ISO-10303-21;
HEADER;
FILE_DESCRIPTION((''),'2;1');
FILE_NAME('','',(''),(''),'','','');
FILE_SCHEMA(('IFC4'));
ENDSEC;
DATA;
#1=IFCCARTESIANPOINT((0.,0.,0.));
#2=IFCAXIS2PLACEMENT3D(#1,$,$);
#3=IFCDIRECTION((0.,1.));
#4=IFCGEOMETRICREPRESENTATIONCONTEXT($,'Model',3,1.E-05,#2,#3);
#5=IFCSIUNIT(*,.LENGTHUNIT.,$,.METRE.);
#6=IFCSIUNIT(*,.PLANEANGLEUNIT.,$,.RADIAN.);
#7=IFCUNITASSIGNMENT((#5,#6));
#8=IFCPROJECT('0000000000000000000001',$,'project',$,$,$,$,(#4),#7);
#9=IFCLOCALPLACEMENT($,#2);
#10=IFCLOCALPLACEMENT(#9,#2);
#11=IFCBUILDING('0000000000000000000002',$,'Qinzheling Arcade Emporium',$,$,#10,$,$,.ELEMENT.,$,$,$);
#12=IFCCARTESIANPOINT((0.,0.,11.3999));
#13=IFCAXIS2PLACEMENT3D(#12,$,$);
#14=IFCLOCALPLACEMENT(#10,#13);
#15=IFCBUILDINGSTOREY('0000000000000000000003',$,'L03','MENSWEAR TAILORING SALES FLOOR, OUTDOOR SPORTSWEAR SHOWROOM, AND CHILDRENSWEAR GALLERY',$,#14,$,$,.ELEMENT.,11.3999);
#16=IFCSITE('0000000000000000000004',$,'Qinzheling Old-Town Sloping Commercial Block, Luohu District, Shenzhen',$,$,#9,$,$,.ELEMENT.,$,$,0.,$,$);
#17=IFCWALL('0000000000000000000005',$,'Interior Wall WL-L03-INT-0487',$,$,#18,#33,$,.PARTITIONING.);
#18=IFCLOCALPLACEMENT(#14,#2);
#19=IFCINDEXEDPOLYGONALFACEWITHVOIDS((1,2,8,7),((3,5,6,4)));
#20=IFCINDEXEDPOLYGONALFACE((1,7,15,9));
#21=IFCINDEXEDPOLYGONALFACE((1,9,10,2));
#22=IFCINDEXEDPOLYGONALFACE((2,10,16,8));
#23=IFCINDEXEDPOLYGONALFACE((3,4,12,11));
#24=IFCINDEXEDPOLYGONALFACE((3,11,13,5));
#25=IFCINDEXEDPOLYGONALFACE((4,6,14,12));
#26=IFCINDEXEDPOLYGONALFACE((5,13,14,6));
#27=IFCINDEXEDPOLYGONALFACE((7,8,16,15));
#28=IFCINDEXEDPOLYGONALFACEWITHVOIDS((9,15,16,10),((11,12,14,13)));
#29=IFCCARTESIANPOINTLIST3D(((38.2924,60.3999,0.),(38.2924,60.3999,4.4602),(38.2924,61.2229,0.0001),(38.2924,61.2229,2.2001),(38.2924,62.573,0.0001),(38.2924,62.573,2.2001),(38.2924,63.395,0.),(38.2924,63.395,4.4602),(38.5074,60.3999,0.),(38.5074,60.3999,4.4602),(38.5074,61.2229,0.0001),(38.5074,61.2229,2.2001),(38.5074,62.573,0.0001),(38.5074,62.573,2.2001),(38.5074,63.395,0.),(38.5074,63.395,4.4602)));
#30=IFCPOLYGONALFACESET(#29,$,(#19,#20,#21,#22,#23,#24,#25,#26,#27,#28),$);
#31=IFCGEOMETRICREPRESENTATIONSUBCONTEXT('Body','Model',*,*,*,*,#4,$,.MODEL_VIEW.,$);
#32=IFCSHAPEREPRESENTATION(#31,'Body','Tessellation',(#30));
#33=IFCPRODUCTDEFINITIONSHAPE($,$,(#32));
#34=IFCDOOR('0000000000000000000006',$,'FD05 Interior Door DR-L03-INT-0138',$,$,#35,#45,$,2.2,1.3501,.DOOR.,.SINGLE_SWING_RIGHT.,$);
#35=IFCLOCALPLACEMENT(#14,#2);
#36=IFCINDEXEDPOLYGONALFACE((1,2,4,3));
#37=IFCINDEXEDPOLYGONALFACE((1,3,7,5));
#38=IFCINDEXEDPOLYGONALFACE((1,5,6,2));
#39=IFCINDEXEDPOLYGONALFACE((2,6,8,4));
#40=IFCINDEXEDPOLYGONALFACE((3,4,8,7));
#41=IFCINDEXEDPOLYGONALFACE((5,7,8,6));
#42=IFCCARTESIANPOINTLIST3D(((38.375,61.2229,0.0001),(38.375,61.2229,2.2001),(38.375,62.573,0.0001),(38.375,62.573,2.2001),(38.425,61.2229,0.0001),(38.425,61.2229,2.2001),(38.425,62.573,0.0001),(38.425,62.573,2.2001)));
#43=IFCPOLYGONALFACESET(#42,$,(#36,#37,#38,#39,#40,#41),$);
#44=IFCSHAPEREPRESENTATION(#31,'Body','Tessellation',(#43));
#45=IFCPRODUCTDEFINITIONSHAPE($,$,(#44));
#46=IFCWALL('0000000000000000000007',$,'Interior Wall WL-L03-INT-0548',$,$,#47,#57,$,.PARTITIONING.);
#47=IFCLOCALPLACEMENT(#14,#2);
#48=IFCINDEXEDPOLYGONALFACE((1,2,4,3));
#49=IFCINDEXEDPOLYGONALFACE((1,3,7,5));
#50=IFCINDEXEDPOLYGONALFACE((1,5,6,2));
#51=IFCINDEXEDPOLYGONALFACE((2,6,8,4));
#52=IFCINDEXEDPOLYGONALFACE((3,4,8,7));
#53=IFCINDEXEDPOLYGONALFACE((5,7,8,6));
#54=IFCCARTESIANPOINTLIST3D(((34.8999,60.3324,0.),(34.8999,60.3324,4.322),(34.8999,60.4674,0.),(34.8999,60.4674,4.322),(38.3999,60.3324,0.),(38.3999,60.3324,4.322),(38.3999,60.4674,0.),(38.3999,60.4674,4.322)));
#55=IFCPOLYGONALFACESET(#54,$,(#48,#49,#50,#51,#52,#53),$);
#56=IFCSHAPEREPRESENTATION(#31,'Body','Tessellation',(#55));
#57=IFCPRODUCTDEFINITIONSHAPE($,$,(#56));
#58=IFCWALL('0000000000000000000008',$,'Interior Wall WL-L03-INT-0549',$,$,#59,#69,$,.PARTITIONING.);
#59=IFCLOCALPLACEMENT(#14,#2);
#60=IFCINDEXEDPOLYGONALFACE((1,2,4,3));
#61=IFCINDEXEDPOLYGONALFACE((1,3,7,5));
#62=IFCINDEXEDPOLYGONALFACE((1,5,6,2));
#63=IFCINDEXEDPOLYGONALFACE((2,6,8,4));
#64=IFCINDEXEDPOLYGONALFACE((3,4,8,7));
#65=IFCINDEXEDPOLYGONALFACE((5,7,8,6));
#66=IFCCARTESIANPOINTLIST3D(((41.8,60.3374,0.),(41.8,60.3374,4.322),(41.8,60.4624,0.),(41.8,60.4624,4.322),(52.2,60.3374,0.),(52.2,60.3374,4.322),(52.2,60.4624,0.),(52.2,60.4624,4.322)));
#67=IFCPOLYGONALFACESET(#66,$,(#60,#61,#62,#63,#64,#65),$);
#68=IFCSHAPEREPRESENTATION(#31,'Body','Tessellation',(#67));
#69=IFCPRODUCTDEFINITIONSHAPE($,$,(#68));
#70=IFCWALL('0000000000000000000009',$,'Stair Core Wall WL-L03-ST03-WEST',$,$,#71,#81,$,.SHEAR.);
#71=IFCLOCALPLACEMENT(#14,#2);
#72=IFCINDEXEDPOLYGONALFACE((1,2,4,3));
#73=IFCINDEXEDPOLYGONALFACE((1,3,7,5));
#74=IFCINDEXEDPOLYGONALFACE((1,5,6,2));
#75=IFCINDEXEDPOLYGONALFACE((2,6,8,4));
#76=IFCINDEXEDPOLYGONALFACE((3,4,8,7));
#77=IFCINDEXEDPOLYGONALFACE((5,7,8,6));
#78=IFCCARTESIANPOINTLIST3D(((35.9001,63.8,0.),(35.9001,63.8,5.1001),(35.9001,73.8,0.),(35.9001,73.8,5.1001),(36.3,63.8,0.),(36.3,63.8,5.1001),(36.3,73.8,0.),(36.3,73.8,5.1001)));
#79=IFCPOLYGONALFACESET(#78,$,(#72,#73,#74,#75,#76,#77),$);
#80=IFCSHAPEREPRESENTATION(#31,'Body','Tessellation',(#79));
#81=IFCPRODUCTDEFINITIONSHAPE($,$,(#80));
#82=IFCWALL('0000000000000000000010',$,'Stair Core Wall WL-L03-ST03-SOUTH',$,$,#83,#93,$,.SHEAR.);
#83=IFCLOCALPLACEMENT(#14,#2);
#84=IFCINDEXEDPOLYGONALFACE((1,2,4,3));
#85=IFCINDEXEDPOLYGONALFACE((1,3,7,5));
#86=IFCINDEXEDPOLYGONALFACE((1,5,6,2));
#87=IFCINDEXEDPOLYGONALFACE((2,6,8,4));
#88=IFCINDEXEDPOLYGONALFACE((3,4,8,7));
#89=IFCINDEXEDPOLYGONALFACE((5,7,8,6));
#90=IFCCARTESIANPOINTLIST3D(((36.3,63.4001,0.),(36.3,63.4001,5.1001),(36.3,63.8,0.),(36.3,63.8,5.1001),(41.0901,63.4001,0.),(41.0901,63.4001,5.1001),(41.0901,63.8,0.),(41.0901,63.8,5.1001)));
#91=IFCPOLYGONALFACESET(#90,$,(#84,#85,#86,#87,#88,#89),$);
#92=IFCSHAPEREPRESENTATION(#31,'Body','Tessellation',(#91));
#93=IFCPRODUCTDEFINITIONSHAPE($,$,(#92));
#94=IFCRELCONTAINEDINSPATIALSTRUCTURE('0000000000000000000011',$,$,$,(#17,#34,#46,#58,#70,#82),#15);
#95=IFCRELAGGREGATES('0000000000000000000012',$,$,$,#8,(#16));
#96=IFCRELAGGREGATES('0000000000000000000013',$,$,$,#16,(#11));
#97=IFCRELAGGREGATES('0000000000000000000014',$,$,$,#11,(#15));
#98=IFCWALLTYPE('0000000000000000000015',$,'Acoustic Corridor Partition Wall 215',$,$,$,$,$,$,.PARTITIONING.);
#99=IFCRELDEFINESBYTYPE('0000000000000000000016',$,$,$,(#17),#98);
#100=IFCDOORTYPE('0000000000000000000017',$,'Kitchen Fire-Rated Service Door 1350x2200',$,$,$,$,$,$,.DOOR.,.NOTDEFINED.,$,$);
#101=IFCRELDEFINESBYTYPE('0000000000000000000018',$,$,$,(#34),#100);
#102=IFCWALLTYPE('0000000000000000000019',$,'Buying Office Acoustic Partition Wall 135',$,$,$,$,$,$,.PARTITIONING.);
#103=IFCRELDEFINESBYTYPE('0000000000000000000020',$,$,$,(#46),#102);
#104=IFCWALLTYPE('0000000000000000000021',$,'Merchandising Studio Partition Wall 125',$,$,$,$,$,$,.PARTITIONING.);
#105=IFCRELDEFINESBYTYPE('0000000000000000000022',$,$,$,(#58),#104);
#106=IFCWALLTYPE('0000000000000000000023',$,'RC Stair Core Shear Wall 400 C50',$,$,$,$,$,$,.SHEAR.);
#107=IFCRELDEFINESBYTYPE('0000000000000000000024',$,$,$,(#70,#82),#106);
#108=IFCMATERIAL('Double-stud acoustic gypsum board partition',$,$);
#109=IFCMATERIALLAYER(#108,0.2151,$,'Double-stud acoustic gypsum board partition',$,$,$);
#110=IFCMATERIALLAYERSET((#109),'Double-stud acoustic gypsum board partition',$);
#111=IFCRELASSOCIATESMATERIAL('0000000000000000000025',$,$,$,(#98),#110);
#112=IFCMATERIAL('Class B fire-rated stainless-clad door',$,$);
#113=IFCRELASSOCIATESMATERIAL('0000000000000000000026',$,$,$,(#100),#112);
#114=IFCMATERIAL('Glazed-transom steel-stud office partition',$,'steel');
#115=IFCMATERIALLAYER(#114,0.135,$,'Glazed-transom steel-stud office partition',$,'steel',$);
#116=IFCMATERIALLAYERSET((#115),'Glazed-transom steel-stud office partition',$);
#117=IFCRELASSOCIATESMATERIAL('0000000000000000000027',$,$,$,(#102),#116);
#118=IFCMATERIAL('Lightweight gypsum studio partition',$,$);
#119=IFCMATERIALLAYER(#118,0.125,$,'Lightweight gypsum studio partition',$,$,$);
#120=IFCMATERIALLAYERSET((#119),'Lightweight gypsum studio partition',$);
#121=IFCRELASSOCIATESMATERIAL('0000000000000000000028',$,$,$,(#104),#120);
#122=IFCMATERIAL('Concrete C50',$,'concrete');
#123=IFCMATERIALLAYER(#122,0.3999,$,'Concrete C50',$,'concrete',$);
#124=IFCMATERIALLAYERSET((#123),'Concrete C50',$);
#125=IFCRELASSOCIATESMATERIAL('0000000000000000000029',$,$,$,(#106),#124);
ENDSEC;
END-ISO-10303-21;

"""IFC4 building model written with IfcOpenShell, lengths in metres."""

from ifc_helpers import new_model, si_unit, direction, frame, frame_2d, origin, place, context, subcontext, project, spatial, rectangle, extrude, material, layer, layer_set, type_object, element, fill, save


model = new_model("IFC4")

# Units and contexts
model_context = context("Model", 3, precision=1e-05, world=origin(), true_north=direction((0.0, 1.0)))
body_context = subcontext(model_context, "Body", "Model", "MODEL_VIEW")
ifc_project = project(units=[si_unit("LENGTHUNIT", "METRE"), si_unit("PLANEANGLEUNIT", "RADIAN")], contexts=[model_context])

# Site, building, storey
site_placement = place(None, origin())
site = spatial("IfcSite", under=ifc_project, at=site_placement, Name="Qinzheling Old-Town Sloping Commercial Block, Luohu District, Shenzhen", CompositionType="ELEMENT", RefElevation=0.0)
building_placement = place(site_placement, origin())
building = spatial("IfcBuilding", under=site, at=building_placement, Name="Qinzheling Arcade Emporium", CompositionType="ELEMENT")
storey_placement = place(building_placement, frame((0.0, 0.0, 11.3999)))
storey = spatial("IfcBuildingStorey", under=building, at=storey_placement, Name="L03", Description="MENSWEAR TAILORING SALES FLOOR, OUTDOOR SPORTSWEAR SHOWROOM, AND CHILDRENSWEAR GALLERY", CompositionType="ELEMENT", Elevation=11.3999)

# Shared definitions
ifc_material_1 = material(Name="Concrete C50", Category="concrete")

# Shared definitions
ifc_material_2 = material(Name="Double-stud acoustic gypsum board partition")
ifc_layer_1 = layer(ifc_material_2, 0.2151, Name="Double-stud acoustic gypsum board partition")
ifc_layer_set_1 = layer_set([ifc_layer_1], Name="Double-stud acoustic gypsum board partition")
wall_type_1 = type_object("IfcWallType", Name="Acoustic Corridor Partition Wall 215", PredefinedType="PARTITIONING", material=ifc_layer_set_1)
ifc_material_3 = material(Name="Class B fire-rated stainless-clad door")
door_type = type_object("IfcDoorType", Name="Kitchen Fire-Rated Service Door 1350x2200", OperationType="NOTDEFINED", PredefinedType="DOOR", material=ifc_material_3)

# Wall, opening, door
wall_1_placement = place(storey_placement, frame((38.3999, 60.3999, 0.0), z_axis=(0.0, 0.0, 1.0), x_axis=(0.0, 1.0, 0.0)))
wall_1 = element("IfcWall", 1, at=wall_1_placement, inside=storey, type_object=wall_type_1, Name="Interior Wall WL-L03-INT-0487", PredefinedType="PARTITIONING", context=body_context, shape_type="SweptSolid", body=[
    extrude(rectangle(XDim=2.9951, YDim=0.2151, at=frame_2d((1.4976, 0.0))), origin(), (0.0, 0.0, 1.0), 4.4602),
])
opening_1_placement = place(wall_1_placement, frame((0.823, 0.0, 0.0)))
opening_1 = element("IfcOpeningElement", 2, at=opening_1_placement, cuts=wall_1, PredefinedType="OPENING", context=body_context, shape_type="SweptSolid", body=[
    extrude(rectangle(XDim=1.3501, YDim=2.2, at=frame_2d((0.675, 1.1001))), frame((0.0, 0.1177, 0.0), z_axis=(0.0, -1.0, 0.0), x_axis=(1.0, 0.0, 0.0)), (0.0, 0.0, 1.0), 0.2351),
])
door_1_placement = place(opening_1_placement, origin())
door_1 = element("IfcDoor", 3, at=door_1_placement, inside=storey, type_object=door_type, Name="FD05 Interior Door DR-L03-INT-0138", OperationType="SINGLE_SWING_RIGHT", OverallHeight=2.2, OverallWidth=1.3501, PredefinedType="DOOR", context=body_context, shape_type="SweptSolid", body=[
    extrude(rectangle(XDim=1.3501, YDim=2.2, at=frame_2d((0.675, 1.1001))), frame((0.0, 0.0249, 0.0), z_axis=(0.0, -1.0, 0.0), x_axis=(1.0, 0.0, 0.0)), (0.0, 0.0, 1.0), 0.05),
])
fill(opening_1, door_1)

# Walls
ifc_material_4 = material(Name="Glazed-transom steel-stud office partition", Category="steel")
ifc_layer_2 = layer(ifc_material_4, 0.135, Name="Glazed-transom steel-stud office partition", Category="steel")
ifc_layer_set_2 = layer_set([ifc_layer_2], Name="Glazed-transom steel-stud office partition")
wall_type_2 = type_object("IfcWallType", Name="Buying Office Acoustic Partition Wall 135", PredefinedType="PARTITIONING", material=ifc_layer_set_2)
wall_2_placement = place(storey_placement, frame((34.8999, 60.3999, 0.0), z_axis=(0.0, 0.0, 1.0), x_axis=(1.0, 0.0, 0.0)))
element("IfcWall", 4, at=wall_2_placement, inside=storey, type_object=wall_type_2, Name="Interior Wall WL-L03-INT-0548", PredefinedType="PARTITIONING", context=body_context, shape_type="SweptSolid", body=[
    extrude(rectangle(XDim=3.5, YDim=0.135, at=frame_2d((1.75, 0.0))), origin(), (0.0, 0.0, 1.0), 4.322),
])
ifc_material_5 = material(Name="Lightweight gypsum studio partition")
ifc_layer_3 = layer(ifc_material_5, 0.125, Name="Lightweight gypsum studio partition")
ifc_layer_set_3 = layer_set([ifc_layer_3], Name="Lightweight gypsum studio partition")
wall_type_3 = type_object("IfcWallType", Name="Merchandising Studio Partition Wall 125", PredefinedType="PARTITIONING", material=ifc_layer_set_3)
wall_3_placement = place(storey_placement, frame((41.8, 60.3999, 0.0), z_axis=(0.0, 0.0, 1.0), x_axis=(1.0, 0.0, 0.0)))
element("IfcWall", 5, at=wall_3_placement, inside=storey, type_object=wall_type_3, Name="Interior Wall WL-L03-INT-0549", PredefinedType="PARTITIONING", context=body_context, shape_type="SweptSolid", body=[
    extrude(rectangle(XDim=10.3999, YDim=0.125, at=frame_2d((5.2, 0.0))), origin(), (0.0, 0.0, 1.0), 4.322),
])
ifc_layer_4 = layer(ifc_material_1, 0.3999, Name="Concrete C50", Category="concrete")
ifc_layer_set_4 = layer_set([ifc_layer_4], Name="Concrete C50")
wall_type_4 = type_object("IfcWallType", Name="RC Stair Core Shear Wall 400 C50", PredefinedType="SHEAR", material=ifc_layer_set_4)
wall_4_placement = place(storey_placement, frame((36.1001, 63.8, 0.0), z_axis=(0.0, 0.0, 1.0), x_axis=(0.0, 1.0, 0.0)))
element("IfcWall", 6, at=wall_4_placement, inside=storey, type_object=wall_type_4, Name="Stair Core Wall WL-L03-ST03-WEST", PredefinedType="SHEAR", context=body_context, shape_type="SweptSolid", body=[
    extrude(rectangle(XDim=10.0, YDim=0.3999, at=frame_2d((5.0, 0.0))), origin(), (0.0, 0.0, 1.0), 5.1001),
])
wall_5_placement = place(storey_placement, frame((41.0901, 63.6001, 0.0), z_axis=(0.0, 0.0, 1.0), x_axis=(-1.0, 0.0, 0.0)))
element("IfcWall", 7, at=wall_5_placement, inside=storey, type_object=wall_type_4, Name="Stair Core Wall WL-L03-ST03-SOUTH", PredefinedType="SHEAR", context=body_context, shape_type="SweptSolid", body=[
    extrude(rectangle(XDim=4.79, YDim=0.3999, at=frame_2d((2.395, 0.0))), origin(), (0.0, 0.0, 1.0), 5.1001),
])

save(model, "model.ifc")
